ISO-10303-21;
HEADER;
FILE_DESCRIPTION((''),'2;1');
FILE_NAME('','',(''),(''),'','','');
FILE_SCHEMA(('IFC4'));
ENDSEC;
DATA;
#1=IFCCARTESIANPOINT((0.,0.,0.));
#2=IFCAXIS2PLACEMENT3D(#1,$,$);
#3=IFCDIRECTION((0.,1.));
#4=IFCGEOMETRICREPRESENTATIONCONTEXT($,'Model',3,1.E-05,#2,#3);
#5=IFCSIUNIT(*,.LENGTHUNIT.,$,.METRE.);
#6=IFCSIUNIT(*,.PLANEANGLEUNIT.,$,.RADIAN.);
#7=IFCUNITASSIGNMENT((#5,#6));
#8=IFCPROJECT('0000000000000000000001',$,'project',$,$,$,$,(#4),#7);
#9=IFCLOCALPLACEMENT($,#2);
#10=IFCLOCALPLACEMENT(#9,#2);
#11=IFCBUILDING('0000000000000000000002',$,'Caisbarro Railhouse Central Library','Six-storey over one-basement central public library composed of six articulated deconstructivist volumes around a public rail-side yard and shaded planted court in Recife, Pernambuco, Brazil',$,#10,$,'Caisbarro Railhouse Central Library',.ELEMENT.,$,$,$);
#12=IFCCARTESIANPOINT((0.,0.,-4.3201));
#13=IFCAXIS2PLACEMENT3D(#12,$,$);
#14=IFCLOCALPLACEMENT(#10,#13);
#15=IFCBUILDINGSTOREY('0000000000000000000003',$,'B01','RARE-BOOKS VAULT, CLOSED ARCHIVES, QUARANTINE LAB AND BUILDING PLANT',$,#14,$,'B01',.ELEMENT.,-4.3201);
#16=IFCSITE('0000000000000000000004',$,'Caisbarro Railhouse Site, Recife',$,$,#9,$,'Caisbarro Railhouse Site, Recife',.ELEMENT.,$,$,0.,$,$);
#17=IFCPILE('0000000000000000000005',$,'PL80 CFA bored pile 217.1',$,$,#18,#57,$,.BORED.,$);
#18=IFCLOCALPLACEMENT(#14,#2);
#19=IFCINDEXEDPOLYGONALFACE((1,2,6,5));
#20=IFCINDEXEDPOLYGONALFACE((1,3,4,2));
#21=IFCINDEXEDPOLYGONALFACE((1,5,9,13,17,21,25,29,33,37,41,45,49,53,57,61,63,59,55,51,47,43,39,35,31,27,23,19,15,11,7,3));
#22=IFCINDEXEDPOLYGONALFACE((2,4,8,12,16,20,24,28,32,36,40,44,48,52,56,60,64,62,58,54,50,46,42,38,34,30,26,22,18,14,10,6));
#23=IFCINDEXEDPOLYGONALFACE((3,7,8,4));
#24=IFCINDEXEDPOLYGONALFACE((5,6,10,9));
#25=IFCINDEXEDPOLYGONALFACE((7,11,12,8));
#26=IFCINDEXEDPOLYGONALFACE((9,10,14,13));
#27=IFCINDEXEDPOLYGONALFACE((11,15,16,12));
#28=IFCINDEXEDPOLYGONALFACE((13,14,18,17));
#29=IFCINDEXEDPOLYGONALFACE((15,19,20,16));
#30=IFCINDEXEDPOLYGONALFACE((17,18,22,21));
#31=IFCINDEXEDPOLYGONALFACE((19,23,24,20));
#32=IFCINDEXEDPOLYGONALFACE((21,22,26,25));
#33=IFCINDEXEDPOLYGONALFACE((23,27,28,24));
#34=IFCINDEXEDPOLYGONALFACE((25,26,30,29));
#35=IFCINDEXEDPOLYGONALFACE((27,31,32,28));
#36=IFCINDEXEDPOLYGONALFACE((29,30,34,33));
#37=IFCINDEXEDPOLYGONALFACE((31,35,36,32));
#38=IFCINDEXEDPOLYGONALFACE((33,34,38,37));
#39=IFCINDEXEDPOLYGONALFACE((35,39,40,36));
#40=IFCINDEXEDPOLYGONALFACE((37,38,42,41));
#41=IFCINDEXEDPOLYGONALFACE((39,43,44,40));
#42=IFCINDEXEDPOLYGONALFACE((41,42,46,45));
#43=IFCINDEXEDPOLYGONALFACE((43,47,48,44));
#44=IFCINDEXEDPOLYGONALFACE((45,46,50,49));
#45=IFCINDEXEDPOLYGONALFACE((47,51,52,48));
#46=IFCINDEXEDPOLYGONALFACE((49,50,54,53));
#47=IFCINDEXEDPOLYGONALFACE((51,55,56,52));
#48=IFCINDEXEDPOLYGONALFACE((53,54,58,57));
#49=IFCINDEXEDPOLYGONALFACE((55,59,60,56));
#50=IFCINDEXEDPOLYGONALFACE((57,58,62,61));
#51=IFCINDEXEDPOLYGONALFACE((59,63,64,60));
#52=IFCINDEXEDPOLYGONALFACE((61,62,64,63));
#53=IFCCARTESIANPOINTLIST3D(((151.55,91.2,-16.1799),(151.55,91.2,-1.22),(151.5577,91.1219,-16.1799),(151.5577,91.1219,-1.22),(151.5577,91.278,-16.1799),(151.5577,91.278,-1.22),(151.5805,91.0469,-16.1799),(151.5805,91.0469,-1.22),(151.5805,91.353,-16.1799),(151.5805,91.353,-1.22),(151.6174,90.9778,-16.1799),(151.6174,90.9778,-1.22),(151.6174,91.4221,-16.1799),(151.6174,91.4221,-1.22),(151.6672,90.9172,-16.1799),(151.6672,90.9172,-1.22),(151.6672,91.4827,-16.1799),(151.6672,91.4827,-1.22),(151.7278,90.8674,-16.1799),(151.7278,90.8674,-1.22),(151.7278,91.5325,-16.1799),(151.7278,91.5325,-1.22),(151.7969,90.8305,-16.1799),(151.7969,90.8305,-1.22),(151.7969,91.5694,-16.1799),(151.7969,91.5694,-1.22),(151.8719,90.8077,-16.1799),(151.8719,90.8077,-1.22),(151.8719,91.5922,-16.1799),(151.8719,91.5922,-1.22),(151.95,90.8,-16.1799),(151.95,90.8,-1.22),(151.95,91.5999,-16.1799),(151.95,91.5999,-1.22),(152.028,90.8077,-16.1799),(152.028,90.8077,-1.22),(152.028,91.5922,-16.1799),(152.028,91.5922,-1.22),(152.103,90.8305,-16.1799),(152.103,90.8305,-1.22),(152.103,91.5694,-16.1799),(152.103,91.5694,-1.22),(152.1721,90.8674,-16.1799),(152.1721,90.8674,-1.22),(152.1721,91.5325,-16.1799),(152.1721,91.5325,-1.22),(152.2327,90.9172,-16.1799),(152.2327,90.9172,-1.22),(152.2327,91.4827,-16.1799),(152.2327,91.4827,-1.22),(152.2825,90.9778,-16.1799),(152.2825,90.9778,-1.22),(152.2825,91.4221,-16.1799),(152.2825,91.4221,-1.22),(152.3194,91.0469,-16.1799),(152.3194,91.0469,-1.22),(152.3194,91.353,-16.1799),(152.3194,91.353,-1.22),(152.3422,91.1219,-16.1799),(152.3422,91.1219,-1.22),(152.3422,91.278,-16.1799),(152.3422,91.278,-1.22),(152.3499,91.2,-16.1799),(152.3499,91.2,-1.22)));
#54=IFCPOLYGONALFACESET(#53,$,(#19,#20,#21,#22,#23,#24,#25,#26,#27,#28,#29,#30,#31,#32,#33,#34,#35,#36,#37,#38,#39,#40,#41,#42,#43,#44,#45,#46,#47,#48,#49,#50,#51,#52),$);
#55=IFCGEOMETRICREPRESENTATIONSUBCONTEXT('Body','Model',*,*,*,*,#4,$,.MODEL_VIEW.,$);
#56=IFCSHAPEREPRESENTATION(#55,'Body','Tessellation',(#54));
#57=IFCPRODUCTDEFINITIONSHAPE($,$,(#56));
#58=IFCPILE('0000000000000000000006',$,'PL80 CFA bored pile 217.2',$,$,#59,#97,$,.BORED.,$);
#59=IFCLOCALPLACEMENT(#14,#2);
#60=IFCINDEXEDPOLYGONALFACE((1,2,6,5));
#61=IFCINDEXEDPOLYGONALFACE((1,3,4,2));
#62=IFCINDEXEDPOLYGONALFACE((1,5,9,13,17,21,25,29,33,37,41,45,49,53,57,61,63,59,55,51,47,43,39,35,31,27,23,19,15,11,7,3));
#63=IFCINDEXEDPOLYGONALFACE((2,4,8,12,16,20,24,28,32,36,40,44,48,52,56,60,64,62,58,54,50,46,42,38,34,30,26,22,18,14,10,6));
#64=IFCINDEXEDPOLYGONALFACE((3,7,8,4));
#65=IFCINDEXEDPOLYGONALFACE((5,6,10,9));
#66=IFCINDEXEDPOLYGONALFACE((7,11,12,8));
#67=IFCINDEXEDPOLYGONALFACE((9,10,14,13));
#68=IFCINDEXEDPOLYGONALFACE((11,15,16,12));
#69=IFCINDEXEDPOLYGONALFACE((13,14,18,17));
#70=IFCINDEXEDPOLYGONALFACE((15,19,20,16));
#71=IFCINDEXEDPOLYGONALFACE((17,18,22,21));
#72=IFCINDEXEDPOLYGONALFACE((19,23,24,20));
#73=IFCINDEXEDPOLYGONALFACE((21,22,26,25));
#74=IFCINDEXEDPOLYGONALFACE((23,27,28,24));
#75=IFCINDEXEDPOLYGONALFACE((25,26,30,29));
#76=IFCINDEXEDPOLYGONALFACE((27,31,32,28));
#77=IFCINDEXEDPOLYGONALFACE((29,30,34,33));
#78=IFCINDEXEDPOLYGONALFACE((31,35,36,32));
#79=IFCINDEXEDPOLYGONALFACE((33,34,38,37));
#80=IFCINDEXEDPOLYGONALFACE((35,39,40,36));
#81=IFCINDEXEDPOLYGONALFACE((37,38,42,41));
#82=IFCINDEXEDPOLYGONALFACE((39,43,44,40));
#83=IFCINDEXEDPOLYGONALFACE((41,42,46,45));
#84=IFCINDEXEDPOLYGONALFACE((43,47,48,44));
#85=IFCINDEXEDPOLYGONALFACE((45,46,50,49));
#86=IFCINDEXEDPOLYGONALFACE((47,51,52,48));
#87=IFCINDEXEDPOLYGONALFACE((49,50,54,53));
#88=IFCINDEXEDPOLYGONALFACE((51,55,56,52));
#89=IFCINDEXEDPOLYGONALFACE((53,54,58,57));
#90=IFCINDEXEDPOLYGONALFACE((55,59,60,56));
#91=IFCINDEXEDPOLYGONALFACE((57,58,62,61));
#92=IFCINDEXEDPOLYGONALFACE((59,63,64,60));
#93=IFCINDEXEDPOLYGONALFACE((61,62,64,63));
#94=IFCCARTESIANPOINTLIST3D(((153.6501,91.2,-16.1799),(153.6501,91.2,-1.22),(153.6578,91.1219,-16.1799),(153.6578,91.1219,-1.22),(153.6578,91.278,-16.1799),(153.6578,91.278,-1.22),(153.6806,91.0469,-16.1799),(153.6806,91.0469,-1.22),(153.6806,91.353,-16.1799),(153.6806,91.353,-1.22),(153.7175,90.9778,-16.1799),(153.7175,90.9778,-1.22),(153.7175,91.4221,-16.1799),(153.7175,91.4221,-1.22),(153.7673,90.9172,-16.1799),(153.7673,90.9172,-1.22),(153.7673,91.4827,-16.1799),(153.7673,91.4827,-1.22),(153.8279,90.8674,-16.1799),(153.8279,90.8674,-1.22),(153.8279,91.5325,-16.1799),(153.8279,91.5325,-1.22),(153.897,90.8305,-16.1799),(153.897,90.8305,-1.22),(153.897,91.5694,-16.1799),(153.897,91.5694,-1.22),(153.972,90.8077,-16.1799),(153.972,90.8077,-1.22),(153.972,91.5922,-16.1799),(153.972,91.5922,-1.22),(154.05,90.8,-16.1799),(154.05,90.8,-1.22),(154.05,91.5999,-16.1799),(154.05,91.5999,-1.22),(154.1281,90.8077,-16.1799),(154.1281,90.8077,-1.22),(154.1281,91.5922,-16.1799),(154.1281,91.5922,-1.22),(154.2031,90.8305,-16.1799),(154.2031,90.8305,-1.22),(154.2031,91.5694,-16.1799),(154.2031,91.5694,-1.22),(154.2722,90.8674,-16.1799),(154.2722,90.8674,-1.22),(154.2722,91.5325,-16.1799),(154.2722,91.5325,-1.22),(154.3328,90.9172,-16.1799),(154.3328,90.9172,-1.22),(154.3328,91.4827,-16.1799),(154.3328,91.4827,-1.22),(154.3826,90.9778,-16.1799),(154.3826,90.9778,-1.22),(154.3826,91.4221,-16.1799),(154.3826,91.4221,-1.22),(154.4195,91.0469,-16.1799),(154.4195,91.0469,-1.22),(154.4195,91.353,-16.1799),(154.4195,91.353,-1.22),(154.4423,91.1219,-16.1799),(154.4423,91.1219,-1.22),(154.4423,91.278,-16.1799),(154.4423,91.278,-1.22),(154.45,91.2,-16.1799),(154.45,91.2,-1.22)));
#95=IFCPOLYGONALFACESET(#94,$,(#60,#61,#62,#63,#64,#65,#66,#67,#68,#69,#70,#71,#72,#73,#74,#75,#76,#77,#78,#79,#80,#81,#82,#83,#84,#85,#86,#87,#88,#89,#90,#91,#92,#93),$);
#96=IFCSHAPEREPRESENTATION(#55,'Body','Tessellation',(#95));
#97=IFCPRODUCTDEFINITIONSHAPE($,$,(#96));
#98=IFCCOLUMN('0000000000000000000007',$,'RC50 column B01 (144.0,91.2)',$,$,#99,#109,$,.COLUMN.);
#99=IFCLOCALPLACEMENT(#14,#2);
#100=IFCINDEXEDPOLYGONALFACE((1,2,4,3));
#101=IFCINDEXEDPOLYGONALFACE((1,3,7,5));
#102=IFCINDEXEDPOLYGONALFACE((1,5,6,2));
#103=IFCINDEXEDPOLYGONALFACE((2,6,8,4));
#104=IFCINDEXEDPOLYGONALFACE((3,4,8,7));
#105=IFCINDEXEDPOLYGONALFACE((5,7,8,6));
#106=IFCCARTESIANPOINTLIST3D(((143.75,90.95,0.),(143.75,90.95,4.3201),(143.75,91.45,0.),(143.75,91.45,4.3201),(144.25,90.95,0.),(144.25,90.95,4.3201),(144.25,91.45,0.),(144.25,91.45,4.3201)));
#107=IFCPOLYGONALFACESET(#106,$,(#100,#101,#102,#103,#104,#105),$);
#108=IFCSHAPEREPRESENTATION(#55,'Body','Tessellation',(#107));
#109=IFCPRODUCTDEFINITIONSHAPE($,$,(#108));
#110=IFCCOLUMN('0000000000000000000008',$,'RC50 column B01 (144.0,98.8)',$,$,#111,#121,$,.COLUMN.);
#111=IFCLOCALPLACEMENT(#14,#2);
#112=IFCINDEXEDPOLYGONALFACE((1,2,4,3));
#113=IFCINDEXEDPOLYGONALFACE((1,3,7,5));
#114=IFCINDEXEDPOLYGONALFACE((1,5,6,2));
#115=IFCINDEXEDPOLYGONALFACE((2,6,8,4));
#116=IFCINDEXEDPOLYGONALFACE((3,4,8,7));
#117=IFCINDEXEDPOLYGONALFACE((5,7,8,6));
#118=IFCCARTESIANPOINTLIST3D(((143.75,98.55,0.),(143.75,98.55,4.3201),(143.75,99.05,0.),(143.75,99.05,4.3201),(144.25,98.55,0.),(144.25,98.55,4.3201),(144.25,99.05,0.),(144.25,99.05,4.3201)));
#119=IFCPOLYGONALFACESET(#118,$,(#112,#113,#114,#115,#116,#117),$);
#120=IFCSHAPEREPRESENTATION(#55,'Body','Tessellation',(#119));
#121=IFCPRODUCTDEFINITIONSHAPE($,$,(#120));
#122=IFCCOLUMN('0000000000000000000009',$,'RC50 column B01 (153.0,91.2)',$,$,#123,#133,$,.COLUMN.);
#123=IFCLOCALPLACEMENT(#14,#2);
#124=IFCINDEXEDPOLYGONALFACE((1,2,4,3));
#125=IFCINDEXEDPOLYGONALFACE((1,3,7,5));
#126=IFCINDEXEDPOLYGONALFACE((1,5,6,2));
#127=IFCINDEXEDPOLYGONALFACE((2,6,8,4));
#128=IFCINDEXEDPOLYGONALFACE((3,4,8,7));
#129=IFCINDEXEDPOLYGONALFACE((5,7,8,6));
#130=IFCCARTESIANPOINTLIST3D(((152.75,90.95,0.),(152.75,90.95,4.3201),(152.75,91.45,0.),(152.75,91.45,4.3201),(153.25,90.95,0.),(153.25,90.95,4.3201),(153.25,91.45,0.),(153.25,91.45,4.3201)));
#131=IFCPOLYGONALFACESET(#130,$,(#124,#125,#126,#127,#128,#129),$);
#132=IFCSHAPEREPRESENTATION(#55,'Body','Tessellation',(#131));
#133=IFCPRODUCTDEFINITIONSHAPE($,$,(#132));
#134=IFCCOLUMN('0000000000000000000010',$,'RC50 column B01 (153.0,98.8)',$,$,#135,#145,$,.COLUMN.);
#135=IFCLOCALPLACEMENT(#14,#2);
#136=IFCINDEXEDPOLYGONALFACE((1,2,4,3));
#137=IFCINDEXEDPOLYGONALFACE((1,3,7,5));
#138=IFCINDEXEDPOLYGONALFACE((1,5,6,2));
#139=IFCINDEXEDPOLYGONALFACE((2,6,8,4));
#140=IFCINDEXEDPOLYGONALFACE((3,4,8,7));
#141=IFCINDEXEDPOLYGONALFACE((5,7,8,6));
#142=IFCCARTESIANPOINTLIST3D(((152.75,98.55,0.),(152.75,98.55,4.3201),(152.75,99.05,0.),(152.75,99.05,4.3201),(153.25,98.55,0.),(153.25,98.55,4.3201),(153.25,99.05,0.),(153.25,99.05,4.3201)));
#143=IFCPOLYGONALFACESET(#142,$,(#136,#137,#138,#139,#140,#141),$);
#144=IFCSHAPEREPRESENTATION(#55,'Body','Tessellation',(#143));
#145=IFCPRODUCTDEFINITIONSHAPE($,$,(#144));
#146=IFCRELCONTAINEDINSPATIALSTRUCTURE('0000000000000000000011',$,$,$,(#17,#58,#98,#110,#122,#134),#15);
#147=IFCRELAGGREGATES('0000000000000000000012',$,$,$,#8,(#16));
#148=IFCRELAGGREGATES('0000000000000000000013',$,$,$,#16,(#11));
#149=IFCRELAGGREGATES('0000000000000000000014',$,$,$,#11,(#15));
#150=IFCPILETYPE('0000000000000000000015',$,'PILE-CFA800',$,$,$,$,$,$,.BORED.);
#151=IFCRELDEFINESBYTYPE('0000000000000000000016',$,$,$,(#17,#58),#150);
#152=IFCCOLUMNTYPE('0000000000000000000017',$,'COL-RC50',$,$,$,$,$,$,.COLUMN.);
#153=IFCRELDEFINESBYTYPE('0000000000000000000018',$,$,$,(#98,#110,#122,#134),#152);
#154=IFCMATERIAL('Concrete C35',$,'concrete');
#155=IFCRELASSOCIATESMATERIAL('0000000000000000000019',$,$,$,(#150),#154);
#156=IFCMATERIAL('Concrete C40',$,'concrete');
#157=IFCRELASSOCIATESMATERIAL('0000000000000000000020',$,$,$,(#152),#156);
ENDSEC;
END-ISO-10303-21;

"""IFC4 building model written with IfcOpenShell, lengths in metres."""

from ifc_helpers import new_model, si_unit, direction, frame, origin, origin_2d, place, context, subcontext, project, spatial, rectangle, circle, extrude, material, material_profile, profile_set, type_object, element, save


model = new_model("IFC4")

# Units and contexts
model_context = context("Model", 3, precision=1e-05, world=origin(), true_north=direction((0.0, 1.0)))
body_context = subcontext(model_context, "Body", "Model", "MODEL_VIEW")
ifc_project = project(units=[si_unit("LENGTHUNIT", "METRE"), si_unit("PLANEANGLEUNIT", "RADIAN")], contexts=[model_context])

# Site, building, storey
site_placement = place(None, origin())
site = spatial("IfcSite", under=ifc_project, at=site_placement, Name="Caisbarro Railhouse Site, Recife", LongName="Caisbarro Railhouse Site, Recife", CompositionType="ELEMENT", RefElevation=0.0)
building_placement = place(site_placement, origin())
building = spatial("IfcBuilding", under=site, at=building_placement, Name="Caisbarro Railhouse Central Library", Description="Six-storey over one-basement central public library composed of six articulated deconstructivist volumes around a public rail-side yard and shaded planted court in Recife, Pernambuco, Brazil", LongName="Caisbarro Railhouse Central Library", CompositionType="ELEMENT")
storey_placement = place(building_placement, frame((0.0, 0.0, -4.3201)))
storey = spatial("IfcBuildingStorey", under=building, at=storey_placement, Name="B01", Description="RARE-BOOKS VAULT, CLOSED ARCHIVES, QUARANTINE LAB AND BUILDING PLANT", LongName="B01", CompositionType="ELEMENT", Elevation=-4.3201)

# Shared definitions
ifc_material_1 = material(Name="Concrete C35", Category="concrete")
ifc_material_2 = material(Name="Concrete C40", Category="concrete")

# Piles
ifc_material_profile_1 = material_profile(ifc_material_1, circle(Radius=0.3999, at=origin_2d()), Name="PILE-CFA-800")
ifc_profile_set_1 = profile_set([ifc_material_profile_1], Name="Concrete C35")
pile_type_1 = type_object("IfcPileType", Name="PILE-CFA800", PredefinedType="BORED", material=ifc_profile_set_1)
for number, where, z_axis, x_axis, name in (
    (1, (151.95, 91.2, -1.22), (0.0, 0.0, -1.0), (1.0, 0.0, 0.0), "PL80 CFA bored pile 217.1"),
    (2, (154.05, 91.2, -1.22), (0.0, 0.0, -1.0), (1.0, 0.0, 0.0), "PL80 CFA bored pile 217.2"),
):
    element("IfcPile", number, at=place(storey_placement, frame(where, z_axis=z_axis, x_axis=x_axis)), inside=storey, type_object=pile_type_1, Name=name, PredefinedType="BORED", context=body_context, shape_type="SweptSolid", body=[
        extrude(circle(Radius=0.3999, at=origin_2d()), origin(), (0.0, 0.0, 1.0), 14.96),
    ])

# Columns
ifc_material_profile_2 = material_profile(ifc_material_2, rectangle(XDim=0.5, YDim=0.5, at=origin_2d()), Name="RC-COL-500X500")
ifc_profile_set_2 = profile_set([ifc_material_profile_2], Name="Concrete C40")
column_type = type_object("IfcColumnType", Name="COL-RC50", PredefinedType="COLUMN", material=ifc_profile_set_2)
for number, where, z_axis, x_axis, name in (
    (3, (144.0, 91.2, 0.0), (0.0, 0.0, 1.0), (1.0, 0.0, 0.0), "RC50 column B01 (144.0,91.2)"),
    (4, (144.0, 98.8, 0.0), (0.0, 0.0, 1.0), (1.0, 0.0, 0.0), "RC50 column B01 (144.0,98.8)"),
    (5, (153.0, 91.2, 0.0), (0.0, 0.0, 1.0), (1.0, 0.0, 0.0), "RC50 column B01 (153.0,91.2)"),
    (6, (153.0, 98.8, 0.0), (0.0, 0.0, 1.0), (1.0, 0.0, 0.0), "RC50 column B01 (153.0,98.8)"),
):
    element("IfcColumn", number, at=place(storey_placement, frame(where, z_axis=z_axis, x_axis=x_axis)), inside=storey, type_object=column_type, Name=name, PredefinedType="COLUMN", context=body_context, shape_type="SweptSolid", body=[
        extrude(rectangle(XDim=0.5, YDim=0.5, at=origin_2d()), origin(), (0.0, 0.0, 1.0), 4.3201),
    ])

save(model, "model.ifc")
